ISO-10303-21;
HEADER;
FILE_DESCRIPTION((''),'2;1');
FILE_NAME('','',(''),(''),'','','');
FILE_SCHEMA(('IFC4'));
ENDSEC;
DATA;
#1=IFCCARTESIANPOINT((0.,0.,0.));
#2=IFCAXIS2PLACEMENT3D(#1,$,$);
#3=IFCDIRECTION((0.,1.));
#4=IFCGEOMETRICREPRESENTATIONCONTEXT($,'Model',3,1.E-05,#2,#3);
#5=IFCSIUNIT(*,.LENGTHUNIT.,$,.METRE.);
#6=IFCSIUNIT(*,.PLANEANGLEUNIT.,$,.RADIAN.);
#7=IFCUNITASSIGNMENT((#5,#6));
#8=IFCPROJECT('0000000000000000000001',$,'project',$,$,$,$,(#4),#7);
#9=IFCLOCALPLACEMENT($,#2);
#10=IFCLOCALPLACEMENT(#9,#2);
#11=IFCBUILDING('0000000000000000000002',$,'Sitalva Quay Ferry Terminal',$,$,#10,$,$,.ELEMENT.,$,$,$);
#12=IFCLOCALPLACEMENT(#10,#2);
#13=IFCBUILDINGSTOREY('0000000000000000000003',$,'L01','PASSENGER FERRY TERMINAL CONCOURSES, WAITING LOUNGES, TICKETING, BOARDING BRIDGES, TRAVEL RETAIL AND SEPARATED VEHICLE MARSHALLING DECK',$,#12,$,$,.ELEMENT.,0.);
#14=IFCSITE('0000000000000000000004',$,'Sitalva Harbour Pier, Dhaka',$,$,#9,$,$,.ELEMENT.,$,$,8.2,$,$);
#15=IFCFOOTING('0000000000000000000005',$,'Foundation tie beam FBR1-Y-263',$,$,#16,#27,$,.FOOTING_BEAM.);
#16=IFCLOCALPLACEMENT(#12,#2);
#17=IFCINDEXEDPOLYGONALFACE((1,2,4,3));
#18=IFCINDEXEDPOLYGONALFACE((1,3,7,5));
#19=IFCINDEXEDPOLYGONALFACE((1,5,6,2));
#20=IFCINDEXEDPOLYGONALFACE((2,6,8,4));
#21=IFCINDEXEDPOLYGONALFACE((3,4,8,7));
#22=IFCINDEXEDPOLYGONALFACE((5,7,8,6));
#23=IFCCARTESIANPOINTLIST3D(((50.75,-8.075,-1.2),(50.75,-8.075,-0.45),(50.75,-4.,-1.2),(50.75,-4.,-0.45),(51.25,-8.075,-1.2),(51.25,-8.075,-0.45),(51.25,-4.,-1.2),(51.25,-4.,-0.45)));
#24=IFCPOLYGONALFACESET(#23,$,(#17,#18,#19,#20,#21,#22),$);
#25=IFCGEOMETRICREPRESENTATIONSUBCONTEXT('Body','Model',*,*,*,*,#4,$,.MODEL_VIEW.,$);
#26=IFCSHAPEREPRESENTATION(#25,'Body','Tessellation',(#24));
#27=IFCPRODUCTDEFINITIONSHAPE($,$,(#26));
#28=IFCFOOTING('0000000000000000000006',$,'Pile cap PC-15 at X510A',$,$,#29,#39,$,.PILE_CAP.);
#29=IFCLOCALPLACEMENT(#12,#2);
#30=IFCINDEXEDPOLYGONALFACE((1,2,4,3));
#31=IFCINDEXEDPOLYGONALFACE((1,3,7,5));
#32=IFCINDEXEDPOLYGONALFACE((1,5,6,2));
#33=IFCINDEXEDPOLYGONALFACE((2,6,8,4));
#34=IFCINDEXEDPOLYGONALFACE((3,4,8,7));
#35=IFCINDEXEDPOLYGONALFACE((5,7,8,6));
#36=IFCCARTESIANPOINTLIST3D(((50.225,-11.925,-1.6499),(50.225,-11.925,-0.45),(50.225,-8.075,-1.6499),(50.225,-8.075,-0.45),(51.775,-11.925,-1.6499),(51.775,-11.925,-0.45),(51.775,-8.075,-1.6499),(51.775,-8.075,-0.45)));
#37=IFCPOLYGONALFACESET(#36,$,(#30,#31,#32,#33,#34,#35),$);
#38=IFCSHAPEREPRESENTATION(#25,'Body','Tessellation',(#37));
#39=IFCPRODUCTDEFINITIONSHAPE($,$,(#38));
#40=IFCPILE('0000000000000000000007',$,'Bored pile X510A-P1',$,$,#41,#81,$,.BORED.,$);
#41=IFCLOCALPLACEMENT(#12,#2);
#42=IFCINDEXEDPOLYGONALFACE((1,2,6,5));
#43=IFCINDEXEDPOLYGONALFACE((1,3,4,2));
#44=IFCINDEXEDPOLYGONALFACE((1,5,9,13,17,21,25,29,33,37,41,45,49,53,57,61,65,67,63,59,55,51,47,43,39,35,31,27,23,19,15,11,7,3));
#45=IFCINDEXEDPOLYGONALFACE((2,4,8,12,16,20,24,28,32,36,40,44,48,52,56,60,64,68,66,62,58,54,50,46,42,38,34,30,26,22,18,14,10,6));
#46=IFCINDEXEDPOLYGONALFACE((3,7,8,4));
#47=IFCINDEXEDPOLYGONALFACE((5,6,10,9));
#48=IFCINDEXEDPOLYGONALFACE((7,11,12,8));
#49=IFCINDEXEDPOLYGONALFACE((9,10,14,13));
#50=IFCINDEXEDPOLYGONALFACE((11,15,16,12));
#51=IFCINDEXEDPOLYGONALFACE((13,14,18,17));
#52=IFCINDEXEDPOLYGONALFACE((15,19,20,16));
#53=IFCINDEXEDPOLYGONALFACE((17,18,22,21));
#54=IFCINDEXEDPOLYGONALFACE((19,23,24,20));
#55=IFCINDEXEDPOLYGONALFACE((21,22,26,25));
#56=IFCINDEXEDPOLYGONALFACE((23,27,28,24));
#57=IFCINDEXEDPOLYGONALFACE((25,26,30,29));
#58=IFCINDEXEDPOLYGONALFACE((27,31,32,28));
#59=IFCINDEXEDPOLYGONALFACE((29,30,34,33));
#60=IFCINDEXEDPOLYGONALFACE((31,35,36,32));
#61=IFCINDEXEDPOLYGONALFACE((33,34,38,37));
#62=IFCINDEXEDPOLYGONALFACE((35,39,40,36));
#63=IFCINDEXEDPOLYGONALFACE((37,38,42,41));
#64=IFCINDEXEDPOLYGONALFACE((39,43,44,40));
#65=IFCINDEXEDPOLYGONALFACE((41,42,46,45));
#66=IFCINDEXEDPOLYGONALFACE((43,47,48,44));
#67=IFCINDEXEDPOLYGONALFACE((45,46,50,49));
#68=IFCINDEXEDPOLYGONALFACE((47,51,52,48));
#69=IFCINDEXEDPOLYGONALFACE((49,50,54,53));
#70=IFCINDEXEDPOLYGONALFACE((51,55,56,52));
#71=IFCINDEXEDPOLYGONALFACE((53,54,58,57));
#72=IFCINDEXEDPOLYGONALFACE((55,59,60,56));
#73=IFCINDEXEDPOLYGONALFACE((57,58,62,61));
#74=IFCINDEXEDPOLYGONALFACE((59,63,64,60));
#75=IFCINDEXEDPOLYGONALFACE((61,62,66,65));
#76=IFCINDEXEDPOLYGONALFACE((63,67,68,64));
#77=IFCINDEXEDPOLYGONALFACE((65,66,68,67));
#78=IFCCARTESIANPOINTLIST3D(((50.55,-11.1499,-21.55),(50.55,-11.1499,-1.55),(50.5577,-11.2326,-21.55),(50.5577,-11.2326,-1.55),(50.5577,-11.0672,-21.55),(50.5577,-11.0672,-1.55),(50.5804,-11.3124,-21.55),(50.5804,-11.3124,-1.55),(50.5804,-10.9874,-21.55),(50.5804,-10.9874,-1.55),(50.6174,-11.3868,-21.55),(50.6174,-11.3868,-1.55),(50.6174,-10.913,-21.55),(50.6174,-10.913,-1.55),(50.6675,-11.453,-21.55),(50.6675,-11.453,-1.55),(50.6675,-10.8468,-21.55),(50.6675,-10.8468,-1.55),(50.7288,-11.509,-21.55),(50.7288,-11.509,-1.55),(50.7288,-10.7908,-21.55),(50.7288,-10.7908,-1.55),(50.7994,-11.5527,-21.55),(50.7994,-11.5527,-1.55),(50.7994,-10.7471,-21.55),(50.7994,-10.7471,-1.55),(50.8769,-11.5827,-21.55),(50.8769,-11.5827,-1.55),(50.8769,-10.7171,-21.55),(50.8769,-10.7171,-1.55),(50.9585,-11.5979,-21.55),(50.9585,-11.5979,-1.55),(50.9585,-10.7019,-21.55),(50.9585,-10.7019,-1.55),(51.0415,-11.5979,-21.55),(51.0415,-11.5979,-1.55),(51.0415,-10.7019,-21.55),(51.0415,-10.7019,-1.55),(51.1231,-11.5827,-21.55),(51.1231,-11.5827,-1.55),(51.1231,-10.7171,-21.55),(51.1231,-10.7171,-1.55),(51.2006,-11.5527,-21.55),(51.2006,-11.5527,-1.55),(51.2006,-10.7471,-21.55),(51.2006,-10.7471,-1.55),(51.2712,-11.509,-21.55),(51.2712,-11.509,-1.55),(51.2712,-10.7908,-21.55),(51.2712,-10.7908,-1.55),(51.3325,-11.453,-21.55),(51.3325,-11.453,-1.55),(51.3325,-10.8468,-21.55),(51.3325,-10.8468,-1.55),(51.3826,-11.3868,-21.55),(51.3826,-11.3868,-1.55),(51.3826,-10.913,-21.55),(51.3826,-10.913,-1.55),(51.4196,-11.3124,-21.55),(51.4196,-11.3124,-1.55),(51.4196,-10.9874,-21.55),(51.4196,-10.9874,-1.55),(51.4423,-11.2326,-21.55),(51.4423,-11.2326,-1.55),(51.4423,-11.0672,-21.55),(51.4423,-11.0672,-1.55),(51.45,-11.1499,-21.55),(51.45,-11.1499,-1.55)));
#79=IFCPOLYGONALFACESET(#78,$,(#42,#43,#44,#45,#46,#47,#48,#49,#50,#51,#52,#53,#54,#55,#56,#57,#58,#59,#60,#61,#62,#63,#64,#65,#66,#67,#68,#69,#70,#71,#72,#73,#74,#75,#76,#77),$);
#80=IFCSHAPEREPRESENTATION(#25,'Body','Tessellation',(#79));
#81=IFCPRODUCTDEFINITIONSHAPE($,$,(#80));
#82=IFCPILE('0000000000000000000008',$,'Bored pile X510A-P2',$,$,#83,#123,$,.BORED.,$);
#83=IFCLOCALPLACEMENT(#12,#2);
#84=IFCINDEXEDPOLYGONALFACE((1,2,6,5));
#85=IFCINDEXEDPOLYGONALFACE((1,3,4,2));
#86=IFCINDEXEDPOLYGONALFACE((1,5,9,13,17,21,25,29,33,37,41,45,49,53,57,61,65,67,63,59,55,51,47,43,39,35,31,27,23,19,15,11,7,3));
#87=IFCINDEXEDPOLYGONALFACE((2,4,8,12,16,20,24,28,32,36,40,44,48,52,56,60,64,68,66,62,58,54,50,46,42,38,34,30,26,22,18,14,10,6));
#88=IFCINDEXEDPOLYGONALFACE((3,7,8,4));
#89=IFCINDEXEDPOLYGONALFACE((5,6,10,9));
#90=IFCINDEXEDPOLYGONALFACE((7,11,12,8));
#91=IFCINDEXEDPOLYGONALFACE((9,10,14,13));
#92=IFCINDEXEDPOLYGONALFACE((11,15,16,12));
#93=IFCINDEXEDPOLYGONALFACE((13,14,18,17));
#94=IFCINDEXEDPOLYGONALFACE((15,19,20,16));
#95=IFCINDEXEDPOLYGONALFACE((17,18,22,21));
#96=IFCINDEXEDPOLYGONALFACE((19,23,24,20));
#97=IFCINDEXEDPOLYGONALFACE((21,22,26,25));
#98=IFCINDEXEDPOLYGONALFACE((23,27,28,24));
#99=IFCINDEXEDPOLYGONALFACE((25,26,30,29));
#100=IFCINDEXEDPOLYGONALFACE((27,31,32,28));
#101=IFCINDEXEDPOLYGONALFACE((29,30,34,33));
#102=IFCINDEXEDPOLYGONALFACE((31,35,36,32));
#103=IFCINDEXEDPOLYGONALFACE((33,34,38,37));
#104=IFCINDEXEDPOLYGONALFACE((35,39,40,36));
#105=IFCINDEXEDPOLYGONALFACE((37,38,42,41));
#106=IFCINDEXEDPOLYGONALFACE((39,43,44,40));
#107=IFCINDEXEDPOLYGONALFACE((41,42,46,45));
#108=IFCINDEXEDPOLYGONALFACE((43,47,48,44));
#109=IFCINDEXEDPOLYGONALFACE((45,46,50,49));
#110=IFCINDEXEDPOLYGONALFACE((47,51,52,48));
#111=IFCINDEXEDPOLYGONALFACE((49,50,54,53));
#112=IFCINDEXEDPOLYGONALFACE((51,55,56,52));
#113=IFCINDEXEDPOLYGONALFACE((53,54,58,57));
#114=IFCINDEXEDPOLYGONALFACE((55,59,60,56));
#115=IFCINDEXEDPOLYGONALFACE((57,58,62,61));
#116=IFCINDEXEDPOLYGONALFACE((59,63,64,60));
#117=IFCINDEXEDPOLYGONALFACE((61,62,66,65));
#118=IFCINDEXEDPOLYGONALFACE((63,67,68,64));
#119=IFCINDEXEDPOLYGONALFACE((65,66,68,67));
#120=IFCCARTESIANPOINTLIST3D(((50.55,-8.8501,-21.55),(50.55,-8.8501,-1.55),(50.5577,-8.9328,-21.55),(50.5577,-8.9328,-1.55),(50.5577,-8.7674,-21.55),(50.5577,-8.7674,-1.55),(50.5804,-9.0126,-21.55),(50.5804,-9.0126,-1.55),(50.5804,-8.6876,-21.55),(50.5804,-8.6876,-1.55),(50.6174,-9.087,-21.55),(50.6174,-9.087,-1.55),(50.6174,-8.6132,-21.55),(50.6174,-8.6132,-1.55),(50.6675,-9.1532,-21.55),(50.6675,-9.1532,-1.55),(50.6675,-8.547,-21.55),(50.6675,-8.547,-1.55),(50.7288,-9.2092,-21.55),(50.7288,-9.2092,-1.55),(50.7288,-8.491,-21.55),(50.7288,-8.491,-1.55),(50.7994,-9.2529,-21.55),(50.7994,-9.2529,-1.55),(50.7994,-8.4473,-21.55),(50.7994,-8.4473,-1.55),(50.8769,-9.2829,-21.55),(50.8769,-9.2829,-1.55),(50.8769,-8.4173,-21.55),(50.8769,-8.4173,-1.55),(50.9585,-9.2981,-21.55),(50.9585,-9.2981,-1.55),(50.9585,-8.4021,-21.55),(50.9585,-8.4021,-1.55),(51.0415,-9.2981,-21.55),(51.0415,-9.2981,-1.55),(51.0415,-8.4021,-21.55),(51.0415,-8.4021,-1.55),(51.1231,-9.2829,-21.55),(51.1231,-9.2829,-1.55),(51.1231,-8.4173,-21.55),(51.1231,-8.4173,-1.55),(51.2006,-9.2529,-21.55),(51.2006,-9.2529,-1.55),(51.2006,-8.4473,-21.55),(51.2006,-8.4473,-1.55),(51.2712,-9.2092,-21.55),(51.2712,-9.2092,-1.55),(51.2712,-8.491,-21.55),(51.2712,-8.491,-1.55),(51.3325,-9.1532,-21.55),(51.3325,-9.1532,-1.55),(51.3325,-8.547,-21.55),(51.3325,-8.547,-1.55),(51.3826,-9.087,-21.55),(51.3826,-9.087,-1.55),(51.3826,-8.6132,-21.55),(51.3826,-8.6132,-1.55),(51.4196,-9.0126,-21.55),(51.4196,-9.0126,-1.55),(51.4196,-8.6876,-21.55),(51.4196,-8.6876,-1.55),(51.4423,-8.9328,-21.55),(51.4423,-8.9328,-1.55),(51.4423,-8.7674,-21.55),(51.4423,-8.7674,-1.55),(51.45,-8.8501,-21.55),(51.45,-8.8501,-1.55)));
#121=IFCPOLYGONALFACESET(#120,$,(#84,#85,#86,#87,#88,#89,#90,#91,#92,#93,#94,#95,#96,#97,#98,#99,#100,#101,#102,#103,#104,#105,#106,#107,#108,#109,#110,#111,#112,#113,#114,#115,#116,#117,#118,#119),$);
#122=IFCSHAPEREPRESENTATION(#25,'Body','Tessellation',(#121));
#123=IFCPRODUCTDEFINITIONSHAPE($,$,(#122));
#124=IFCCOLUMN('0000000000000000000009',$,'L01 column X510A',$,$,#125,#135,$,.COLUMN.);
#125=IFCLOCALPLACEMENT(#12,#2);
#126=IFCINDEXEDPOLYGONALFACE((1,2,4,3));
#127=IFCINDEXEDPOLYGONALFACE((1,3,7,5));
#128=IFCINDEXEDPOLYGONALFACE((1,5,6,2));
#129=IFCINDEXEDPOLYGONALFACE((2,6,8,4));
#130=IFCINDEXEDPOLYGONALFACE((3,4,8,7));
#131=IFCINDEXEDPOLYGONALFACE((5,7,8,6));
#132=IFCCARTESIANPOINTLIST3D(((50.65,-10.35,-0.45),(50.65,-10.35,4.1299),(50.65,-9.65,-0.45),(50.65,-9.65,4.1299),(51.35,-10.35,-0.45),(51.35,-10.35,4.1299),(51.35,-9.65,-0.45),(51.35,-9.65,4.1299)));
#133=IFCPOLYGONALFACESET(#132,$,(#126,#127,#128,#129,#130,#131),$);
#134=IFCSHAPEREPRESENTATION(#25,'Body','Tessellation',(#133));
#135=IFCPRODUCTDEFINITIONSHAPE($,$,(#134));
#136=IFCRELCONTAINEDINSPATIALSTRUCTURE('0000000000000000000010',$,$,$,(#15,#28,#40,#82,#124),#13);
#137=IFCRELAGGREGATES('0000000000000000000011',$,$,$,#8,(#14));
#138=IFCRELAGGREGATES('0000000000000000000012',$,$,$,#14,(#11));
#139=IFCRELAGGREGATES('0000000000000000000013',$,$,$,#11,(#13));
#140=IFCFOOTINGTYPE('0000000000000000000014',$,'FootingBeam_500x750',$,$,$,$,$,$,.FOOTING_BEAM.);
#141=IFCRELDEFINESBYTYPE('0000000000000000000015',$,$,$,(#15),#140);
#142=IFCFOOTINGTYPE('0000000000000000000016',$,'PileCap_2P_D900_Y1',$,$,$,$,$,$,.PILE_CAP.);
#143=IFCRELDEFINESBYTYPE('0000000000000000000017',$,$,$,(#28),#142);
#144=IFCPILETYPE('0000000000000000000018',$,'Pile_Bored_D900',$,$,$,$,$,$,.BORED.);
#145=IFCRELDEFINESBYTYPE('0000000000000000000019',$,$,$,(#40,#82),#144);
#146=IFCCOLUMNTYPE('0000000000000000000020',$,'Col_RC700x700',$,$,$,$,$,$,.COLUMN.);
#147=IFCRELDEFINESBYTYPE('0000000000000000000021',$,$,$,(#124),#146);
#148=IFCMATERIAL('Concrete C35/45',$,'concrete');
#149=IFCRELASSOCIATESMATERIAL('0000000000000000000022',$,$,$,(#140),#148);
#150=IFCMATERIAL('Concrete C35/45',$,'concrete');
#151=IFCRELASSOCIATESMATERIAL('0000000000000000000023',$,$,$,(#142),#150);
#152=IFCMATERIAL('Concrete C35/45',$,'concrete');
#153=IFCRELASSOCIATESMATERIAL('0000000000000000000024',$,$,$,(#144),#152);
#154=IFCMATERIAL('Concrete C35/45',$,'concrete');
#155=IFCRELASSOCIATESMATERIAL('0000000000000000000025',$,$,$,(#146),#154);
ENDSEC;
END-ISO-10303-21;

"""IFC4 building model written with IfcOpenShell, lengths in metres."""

from ifc_helpers import new_model, si_unit, direction, frame, origin, origin_2d, place, context, subcontext, project, spatial, rectangle, circle, extrude, material, material_profile, profile_set, type_object, element, save


model = new_model("IFC4")

# Units and contexts
model_context = context("Model", 3, precision=1e-05, world=origin(), true_north=direction((0.0, 1.0)))
body_context = subcontext(model_context, "Body", "Model", "MODEL_VIEW")
ifc_project = project(units=[si_unit("LENGTHUNIT", "METRE"), si_unit("PLANEANGLEUNIT", "RADIAN")], contexts=[model_context])

# Site, building, storey
site_placement = place(None, origin())
site = spatial("IfcSite", under=ifc_project, at=site_placement, Name="Sitalva Harbour Pier, Dhaka", CompositionType="ELEMENT", RefElevation=8.2)
building_placement = place(site_placement, origin())
building = spatial("IfcBuilding", under=site, at=building_placement, Name="Sitalva Quay Ferry Terminal", CompositionType="ELEMENT")
storey_placement = place(building_placement, origin())
storey = spatial("IfcBuildingStorey", under=building, at=storey_placement, Name="L01", Description="PASSENGER FERRY TERMINAL CONCOURSES, WAITING LOUNGES, TICKETING, BOARDING BRIDGES, TRAVEL RETAIL AND SEPARATED VEHICLE MARSHALLING DECK", CompositionType="ELEMENT", Elevation=0.0)

# Footings
ifc_material_1 = material(Name="Concrete C35/45", Category="concrete")
ifc_material_profile_1 = material_profile(ifc_material_1, rectangle(XDim=0.5, YDim=0.75, at=origin_2d()), Name="RC500x750")
ifc_profile_set_1 = profile_set([ifc_material_profile_1], Name="Concrete C35/45")
footing_type_1 = type_object("IfcFootingType", Name="FootingBeam_500x750", PredefinedType="FOOTING_BEAM", material=ifc_profile_set_1)
footing_1_placement = place(storey_placement, frame((51.0, -8.075, -0.825), z_axis=(0.0, 1.0, 0.0), x_axis=(-1.0, 0.0, 0.0)))
element("IfcFooting", 1, at=footing_1_placement, inside=storey, type_object=footing_type_1, Name="Foundation tie beam FBR1-Y-263", PredefinedType="FOOTING_BEAM", context=body_context, shape_type="SweptSolid", body=[
    extrude(rectangle(XDim=0.5, YDim=0.75, at=origin_2d()), origin(), (0.0, 0.0, 1.0), 4.075),
])
ifc_material_2 = material(Name="Concrete C35/45", Category="concrete")
footing_type_2 = type_object("IfcFootingType", Name="PileCap_2P_D900_Y1", PredefinedType="PILE_CAP", material=ifc_material_2)
footing_2_placement = place(storey_placement, frame((51.0, -10.0, -1.6499), z_axis=(0.0, 0.0, 1.0), x_axis=(1.0, 0.0, 0.0)))
element("IfcFooting", 2, at=footing_2_placement, inside=storey, type_object=footing_type_2, Name="Pile cap PC-15 at X510A", PredefinedType="PILE_CAP", context=body_context, shape_type="SweptSolid", body=[
    extrude(rectangle(XDim=1.55, YDim=3.8501, at=origin_2d()), origin(), (0.0, 0.0, 1.0), 1.2),
])

# Piles
ifc_material_3 = material(Name="Concrete C35/45", Category="concrete")
ifc_material_profile_2 = material_profile(ifc_material_3, circle(Radius=0.45, at=origin_2d()), Name="PILE-D900")
ifc_profile_set_2 = profile_set([ifc_material_profile_2], Name="Concrete C35/45")
pile_type = type_object("IfcPileType", Name="Pile_Bored_D900", PredefinedType="BORED", material=ifc_profile_set_2)
for number, where, z_axis, x_axis, name in (
    (3, (51.0, -11.1499, -1.55), (0.0, 0.0, -1.0), (1.0, 0.0, 0.0), "Bored pile X510A-P1"),
    (4, (51.0, -8.8501, -1.55), (0.0, 0.0, -1.0), (1.0, 0.0, 0.0), "Bored pile X510A-P2"),
):
    element("IfcPile", number, at=place(storey_placement, frame(where, z_axis=z_axis, x_axis=x_axis)), inside=storey, type_object=pile_type, Name=name, PredefinedType="BORED", context=body_context, shape_type="SweptSolid", body=[
        extrude(circle(Radius=0.45, at=origin_2d()), origin(), (0.0, 0.0, 1.0), 20.0),
    ])

# Column
ifc_material_4 = material(Name="Concrete C35/45", Category="concrete")
ifc_material_profile_3 = material_profile(ifc_material_4, rectangle(XDim=0.7, YDim=0.7, at=origin_2d()), Name="RC700x700")
ifc_profile_set_3 = profile_set([ifc_material_profile_3], Name="Concrete C35/45")
column_type = type_object("IfcColumnType", Name="Col_RC700x700", PredefinedType="COLUMN", material=ifc_profile_set_3)
column_placement = place(storey_placement, frame((51.0, -10.0, -0.45), z_axis=(0.0, 0.0, 1.0), x_axis=(1.0, 0.0, 0.0)))
element("IfcColumn", 5, at=column_placement, inside=storey, type_object=column_type, Name="L01 column X510A", PredefinedType="COLUMN", context=body_context, shape_type="SweptSolid", body=[
    extrude(rectangle(XDim=0.7, YDim=0.7, at=origin_2d()), origin(), (0.0, 0.0, 1.0), 4.5798),
])

save(model, "model.ifc")
